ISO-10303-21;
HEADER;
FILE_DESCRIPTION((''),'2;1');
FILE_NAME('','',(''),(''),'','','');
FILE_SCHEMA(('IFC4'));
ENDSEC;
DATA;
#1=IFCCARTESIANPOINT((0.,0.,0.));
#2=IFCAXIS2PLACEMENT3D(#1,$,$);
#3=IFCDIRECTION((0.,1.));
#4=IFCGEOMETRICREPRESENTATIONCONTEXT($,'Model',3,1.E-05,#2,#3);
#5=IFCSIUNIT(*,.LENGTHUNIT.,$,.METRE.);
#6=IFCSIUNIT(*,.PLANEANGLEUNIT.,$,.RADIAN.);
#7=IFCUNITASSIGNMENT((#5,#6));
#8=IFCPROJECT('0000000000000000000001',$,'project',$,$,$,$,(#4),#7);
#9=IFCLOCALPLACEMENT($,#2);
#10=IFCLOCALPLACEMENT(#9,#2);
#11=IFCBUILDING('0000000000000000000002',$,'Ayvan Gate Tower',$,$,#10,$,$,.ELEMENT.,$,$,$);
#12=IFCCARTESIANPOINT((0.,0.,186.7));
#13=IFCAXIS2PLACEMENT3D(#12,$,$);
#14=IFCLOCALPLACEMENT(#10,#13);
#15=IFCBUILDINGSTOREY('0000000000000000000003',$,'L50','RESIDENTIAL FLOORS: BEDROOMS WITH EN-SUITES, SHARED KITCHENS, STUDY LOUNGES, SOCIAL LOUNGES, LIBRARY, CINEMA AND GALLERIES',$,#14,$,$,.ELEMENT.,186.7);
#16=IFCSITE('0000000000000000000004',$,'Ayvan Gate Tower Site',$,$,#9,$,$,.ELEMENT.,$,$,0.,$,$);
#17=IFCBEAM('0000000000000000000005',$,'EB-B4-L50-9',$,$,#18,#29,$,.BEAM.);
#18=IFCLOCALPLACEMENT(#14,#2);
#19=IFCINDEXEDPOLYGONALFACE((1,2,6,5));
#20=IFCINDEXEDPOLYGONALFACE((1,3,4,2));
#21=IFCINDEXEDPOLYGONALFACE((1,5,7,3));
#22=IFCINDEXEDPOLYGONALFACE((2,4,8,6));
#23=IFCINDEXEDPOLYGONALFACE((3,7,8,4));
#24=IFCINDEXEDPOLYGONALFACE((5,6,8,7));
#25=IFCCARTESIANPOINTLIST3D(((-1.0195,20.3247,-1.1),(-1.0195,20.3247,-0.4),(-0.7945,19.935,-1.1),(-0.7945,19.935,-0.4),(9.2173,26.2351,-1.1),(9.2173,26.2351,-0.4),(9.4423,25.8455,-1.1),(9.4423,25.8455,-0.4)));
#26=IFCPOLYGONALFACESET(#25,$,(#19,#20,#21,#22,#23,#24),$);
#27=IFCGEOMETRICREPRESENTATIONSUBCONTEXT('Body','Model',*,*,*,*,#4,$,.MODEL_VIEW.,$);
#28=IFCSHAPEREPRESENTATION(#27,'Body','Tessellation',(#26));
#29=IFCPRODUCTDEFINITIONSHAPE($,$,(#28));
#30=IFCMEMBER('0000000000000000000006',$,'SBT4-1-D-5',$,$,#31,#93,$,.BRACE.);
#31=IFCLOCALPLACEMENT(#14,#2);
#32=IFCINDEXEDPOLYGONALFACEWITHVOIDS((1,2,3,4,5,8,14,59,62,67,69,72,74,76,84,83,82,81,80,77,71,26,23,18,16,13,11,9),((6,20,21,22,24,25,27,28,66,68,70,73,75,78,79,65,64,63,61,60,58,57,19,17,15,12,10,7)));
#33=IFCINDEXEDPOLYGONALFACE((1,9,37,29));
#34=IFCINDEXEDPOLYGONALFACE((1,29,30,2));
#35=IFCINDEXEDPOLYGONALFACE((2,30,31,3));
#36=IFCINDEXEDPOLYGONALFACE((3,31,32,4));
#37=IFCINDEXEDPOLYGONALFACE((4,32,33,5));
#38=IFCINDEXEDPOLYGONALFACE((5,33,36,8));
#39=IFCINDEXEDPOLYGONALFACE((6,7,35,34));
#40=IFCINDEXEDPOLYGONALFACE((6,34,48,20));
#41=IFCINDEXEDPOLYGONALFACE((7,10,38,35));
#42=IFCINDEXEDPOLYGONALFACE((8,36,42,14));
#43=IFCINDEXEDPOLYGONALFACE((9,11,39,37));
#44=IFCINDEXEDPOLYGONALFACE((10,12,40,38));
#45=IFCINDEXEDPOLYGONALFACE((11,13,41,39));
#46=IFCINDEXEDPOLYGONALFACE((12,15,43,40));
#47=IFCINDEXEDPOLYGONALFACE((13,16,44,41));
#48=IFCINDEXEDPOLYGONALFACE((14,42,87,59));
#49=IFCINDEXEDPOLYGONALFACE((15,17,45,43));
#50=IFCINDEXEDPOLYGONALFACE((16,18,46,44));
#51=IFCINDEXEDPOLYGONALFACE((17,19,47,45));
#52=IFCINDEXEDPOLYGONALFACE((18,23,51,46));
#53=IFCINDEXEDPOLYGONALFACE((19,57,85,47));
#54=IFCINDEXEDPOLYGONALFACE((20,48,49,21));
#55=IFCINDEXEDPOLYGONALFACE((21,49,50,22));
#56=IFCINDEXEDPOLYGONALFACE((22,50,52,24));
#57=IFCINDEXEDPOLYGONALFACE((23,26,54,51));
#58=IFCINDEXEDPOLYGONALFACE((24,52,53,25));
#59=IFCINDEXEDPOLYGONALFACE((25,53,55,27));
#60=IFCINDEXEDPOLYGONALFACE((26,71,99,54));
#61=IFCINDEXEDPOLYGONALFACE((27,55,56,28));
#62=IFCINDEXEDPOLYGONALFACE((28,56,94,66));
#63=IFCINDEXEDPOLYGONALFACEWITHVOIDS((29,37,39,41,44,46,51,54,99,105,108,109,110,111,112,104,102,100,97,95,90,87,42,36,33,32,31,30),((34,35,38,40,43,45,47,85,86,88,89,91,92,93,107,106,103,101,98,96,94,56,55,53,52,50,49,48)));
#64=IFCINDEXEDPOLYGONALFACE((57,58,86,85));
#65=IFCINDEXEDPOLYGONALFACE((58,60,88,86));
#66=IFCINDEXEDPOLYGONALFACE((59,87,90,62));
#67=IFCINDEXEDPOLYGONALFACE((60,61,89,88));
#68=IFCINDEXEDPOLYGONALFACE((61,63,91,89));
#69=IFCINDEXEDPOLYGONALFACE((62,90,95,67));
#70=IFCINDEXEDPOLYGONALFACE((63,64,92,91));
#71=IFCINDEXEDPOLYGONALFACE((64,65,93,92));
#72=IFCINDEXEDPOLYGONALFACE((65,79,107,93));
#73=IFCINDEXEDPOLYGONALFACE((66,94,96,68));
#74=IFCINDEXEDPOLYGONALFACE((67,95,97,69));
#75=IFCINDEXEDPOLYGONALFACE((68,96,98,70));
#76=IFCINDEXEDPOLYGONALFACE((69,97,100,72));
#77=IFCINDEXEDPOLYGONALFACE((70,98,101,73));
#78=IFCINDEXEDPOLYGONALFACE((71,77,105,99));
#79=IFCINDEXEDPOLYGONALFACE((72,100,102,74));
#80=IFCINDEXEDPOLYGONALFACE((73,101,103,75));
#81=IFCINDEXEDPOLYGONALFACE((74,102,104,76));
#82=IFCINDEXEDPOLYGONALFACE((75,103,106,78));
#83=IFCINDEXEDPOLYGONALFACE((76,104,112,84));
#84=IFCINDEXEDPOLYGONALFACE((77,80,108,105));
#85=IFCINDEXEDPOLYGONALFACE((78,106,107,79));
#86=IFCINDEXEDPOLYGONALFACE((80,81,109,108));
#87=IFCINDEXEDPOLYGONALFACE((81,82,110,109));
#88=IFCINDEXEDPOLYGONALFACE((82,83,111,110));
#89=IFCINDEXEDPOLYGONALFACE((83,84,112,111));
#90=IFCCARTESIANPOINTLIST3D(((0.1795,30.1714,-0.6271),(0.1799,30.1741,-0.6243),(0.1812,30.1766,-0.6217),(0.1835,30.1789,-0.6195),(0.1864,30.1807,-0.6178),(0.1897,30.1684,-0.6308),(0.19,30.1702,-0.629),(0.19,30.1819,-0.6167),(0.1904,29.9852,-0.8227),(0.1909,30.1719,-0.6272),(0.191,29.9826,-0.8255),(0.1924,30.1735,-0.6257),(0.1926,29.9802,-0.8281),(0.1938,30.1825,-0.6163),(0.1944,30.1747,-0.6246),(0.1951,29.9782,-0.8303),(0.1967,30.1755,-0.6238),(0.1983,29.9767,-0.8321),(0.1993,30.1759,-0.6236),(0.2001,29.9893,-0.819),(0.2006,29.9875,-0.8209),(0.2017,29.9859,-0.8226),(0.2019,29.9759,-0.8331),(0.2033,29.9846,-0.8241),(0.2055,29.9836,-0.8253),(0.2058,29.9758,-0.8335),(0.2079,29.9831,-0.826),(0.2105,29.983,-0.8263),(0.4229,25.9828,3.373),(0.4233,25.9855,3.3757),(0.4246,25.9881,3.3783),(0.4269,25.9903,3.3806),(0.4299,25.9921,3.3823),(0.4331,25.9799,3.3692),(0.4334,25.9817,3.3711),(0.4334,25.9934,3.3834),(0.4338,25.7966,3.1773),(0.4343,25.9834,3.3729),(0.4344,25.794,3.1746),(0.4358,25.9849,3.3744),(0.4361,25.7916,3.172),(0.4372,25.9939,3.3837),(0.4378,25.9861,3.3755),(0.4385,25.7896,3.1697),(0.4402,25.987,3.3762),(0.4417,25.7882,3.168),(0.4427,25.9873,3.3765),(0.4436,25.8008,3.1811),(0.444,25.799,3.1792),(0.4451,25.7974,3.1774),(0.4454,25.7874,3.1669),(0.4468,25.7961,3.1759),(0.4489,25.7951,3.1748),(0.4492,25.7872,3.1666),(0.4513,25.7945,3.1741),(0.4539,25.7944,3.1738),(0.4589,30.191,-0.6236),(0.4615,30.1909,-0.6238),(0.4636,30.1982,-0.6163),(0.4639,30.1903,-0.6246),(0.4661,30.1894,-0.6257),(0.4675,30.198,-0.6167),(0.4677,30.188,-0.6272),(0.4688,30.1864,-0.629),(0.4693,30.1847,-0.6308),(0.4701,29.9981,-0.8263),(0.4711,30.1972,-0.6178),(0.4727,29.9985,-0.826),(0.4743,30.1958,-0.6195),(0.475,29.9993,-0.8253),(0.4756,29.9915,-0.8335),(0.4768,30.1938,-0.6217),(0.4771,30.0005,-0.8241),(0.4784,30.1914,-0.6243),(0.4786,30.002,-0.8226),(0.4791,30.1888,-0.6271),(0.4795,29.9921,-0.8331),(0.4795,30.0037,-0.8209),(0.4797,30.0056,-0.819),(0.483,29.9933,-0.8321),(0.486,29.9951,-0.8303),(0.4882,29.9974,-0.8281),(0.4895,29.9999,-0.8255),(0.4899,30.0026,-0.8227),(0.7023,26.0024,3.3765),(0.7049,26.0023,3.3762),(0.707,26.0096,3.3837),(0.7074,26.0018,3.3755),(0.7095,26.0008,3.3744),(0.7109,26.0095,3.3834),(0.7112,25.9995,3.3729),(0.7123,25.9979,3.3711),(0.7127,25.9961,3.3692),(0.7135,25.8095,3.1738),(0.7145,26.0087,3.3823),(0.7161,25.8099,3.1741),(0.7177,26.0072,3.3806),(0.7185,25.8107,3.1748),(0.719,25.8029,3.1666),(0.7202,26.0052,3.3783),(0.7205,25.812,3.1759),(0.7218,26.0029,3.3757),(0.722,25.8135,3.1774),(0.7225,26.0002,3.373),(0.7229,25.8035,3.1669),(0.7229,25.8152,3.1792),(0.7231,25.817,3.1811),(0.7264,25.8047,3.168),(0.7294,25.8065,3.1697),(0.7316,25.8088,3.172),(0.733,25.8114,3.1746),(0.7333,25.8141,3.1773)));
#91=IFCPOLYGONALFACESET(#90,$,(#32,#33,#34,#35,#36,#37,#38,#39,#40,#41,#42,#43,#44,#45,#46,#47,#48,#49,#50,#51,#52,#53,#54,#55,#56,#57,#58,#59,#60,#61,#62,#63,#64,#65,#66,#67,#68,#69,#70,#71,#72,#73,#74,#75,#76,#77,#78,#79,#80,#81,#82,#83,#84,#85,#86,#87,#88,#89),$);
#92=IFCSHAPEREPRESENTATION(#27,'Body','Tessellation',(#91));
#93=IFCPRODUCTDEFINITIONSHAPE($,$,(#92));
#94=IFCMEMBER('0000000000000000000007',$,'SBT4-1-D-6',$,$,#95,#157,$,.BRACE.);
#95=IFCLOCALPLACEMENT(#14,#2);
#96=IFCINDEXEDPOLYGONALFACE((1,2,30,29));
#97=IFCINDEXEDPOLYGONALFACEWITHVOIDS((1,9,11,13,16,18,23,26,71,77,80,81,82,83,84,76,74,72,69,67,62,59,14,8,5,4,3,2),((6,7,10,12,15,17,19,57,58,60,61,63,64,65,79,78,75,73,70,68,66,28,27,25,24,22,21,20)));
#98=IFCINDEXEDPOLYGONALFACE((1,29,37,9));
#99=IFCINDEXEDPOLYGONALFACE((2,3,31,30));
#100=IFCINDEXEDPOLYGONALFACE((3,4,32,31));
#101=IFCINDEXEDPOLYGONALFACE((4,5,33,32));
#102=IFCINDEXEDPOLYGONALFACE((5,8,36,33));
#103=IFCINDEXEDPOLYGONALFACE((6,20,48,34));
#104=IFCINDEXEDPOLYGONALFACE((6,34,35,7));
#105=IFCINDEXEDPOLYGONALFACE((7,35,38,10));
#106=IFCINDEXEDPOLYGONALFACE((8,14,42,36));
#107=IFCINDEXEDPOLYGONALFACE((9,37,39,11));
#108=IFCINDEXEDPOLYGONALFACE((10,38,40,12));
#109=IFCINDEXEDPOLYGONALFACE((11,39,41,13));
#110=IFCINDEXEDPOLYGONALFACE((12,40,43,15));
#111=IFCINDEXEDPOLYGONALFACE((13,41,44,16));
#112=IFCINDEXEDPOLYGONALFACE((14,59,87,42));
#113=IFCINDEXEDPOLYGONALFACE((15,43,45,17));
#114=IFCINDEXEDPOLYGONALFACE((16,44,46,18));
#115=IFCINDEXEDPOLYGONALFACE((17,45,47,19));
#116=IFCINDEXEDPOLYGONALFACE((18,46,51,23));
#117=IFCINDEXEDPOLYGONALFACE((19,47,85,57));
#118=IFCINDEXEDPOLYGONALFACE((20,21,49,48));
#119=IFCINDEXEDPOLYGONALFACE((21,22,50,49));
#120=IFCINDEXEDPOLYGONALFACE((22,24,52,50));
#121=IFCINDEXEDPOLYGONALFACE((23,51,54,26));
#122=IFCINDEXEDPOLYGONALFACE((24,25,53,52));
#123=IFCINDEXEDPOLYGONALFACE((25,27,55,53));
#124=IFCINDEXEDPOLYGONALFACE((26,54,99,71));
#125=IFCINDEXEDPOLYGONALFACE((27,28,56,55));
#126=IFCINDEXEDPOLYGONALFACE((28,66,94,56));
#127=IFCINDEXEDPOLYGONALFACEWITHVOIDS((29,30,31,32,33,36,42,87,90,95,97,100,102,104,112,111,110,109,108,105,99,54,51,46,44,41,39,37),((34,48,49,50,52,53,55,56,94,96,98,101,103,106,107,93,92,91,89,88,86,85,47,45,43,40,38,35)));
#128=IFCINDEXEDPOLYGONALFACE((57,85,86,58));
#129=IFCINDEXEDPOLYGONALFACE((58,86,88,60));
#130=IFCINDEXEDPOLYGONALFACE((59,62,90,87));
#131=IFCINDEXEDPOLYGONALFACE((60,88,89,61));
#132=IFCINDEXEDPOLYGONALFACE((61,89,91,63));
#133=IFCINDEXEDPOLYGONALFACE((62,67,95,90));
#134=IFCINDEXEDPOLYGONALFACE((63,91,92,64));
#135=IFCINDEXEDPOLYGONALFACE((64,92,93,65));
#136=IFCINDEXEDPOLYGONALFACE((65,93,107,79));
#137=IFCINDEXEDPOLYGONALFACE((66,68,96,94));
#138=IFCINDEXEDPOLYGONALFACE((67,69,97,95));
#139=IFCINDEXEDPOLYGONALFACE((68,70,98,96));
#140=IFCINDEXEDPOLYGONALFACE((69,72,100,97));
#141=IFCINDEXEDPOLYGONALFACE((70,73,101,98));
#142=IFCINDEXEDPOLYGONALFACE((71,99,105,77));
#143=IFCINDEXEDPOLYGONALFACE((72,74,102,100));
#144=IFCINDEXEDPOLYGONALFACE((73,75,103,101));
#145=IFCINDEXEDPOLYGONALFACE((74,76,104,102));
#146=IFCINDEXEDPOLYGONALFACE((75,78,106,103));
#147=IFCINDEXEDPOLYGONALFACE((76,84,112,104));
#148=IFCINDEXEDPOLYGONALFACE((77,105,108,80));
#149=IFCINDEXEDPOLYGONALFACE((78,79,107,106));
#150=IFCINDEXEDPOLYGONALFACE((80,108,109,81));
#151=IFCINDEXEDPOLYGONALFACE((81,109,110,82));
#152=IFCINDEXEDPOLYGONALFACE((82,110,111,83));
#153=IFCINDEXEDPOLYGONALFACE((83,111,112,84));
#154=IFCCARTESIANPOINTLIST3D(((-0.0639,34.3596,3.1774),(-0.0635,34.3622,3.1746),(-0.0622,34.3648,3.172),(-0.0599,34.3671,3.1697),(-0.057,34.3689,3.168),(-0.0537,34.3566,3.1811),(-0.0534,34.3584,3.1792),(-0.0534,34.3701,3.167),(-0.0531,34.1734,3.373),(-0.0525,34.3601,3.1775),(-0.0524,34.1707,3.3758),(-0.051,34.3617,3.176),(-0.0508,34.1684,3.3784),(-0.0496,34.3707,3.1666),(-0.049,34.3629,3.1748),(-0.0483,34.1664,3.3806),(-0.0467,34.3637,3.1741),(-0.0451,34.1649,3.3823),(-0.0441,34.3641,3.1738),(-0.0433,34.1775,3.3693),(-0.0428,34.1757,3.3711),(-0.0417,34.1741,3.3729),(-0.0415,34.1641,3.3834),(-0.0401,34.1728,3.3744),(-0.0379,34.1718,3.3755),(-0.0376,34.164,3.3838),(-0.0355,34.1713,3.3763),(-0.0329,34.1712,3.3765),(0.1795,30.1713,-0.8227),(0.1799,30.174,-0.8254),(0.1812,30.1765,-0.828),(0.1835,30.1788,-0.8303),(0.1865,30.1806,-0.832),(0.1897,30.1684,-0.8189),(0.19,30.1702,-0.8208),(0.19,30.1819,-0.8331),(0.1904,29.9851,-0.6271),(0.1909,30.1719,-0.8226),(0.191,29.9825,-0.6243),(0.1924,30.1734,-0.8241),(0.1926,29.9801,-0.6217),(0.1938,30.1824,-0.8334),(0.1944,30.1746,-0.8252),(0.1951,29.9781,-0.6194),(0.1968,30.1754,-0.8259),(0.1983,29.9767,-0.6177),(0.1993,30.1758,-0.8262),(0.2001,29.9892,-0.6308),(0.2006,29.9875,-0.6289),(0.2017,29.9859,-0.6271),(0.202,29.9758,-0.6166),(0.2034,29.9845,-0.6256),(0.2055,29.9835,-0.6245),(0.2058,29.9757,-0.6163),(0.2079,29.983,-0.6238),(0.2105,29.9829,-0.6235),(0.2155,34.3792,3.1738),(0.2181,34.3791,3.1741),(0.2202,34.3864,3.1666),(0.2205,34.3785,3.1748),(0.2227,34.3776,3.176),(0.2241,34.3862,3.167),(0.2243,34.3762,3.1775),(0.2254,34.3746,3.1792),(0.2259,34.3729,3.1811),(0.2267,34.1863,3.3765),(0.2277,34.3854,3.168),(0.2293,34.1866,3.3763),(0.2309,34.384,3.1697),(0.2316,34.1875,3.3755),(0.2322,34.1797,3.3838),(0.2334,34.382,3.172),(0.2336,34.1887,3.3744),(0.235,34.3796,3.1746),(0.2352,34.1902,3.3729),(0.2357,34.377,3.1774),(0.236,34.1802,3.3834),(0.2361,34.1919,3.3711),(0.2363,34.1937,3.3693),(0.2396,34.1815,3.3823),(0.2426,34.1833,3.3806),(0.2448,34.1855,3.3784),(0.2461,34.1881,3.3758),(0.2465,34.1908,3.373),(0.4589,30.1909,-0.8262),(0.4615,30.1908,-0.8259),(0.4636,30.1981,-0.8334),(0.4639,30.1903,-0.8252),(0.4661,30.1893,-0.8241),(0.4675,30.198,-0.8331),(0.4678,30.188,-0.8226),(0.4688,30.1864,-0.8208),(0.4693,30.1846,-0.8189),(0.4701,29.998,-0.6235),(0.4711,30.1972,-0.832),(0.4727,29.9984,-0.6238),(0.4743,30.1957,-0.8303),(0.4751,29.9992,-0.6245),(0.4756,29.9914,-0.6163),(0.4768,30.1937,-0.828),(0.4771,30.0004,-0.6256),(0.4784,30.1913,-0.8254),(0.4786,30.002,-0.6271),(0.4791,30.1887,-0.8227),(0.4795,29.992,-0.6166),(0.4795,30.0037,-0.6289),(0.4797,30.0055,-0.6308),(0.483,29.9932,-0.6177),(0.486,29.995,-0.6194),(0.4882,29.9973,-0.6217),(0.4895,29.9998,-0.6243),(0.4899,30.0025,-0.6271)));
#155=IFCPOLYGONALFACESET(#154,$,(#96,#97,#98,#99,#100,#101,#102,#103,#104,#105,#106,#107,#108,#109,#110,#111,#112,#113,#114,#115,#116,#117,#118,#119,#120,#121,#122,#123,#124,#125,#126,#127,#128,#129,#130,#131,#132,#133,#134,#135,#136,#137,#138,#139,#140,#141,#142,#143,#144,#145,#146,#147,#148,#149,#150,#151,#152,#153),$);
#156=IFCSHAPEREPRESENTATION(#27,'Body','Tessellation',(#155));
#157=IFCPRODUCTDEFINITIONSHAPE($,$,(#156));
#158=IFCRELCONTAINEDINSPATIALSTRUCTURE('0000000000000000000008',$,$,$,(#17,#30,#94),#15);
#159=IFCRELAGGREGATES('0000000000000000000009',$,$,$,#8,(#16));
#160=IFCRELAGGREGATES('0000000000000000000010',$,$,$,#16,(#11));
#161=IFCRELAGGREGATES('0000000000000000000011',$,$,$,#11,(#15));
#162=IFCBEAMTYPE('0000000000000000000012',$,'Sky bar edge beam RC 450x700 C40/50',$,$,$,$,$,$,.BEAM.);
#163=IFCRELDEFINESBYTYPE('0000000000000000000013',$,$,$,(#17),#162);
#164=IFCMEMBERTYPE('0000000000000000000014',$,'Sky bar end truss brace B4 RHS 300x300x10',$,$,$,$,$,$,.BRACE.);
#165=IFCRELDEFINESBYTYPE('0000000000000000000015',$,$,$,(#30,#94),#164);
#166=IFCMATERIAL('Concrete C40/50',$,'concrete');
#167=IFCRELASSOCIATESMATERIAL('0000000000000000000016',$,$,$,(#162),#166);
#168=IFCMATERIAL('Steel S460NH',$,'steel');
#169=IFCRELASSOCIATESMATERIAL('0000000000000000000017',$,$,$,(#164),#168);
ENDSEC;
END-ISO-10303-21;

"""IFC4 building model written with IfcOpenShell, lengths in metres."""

from ifc_helpers import new_model, si_unit, direction, frame, origin, origin_2d, place, context, subcontext, project, spatial, rectangle, hollow_rectangle, extrude, material, material_profile, profile_set, type_object, element, save


model = new_model("IFC4")

# Units and contexts
model_context = context("Model", 3, precision=1e-05, world=origin(), true_north=direction((0.0, 1.0)))
body_context = subcontext(model_context, "Body", "Model", "MODEL_VIEW")
ifc_project = project(units=[si_unit("LENGTHUNIT", "METRE"), si_unit("PLANEANGLEUNIT", "RADIAN")], contexts=[model_context])

# Site, building, storey
site_placement = place(None, origin())
site = spatial("IfcSite", under=ifc_project, at=site_placement, Name="Ayvan Gate Tower Site", CompositionType="ELEMENT", RefElevation=0.0)
building_placement = place(site_placement, origin())
building = spatial("IfcBuilding", under=site, at=building_placement, Name="Ayvan Gate Tower", CompositionType="ELEMENT")
storey_placement = place(building_placement, frame((0.0, 0.0, 186.7)))
storey = spatial("IfcBuildingStorey", under=building, at=storey_placement, Name="L50", Description="RESIDENTIAL FLOORS: BEDROOMS WITH EN-SUITES, SHARED KITCHENS, STUDY LOUNGES, SOCIAL LOUNGES, LIBRARY, CINEMA AND GALLERIES", CompositionType="ELEMENT", Elevation=186.7)

# Beam
ifc_material_1 = material(Name="Concrete C40/50", Category="concrete")
ifc_material_profile_1 = material_profile(ifc_material_1, rectangle(XDim=0.45, YDim=0.7, at=origin_2d()), Name="RC 450x700")
ifc_profile_set_1 = profile_set([ifc_material_profile_1], Name="Concrete C40/50")
beam_type = type_object("IfcBeamType", Name="Sky bar edge beam RC 450x700 C40/50", PredefinedType="BEAM", material=ifc_profile_set_1)
beam_placement = place(storey_placement, frame((9.3298, 26.0403, -0.75), z_axis=(-0.866019, -0.500011, 0.0), x_axis=(0.500011, -0.866019, 0.0)))
element("IfcBeam", 1, at=beam_placement, inside=storey, type_object=beam_type, Name="EB-B4-L50-9", PredefinedType="BEAM", context=body_context, shape_type="SweptSolid", body=[
    extrude(rectangle(XDim=0.45, YDim=0.7, at=origin_2d()), origin(), (0.0, 0.0, 1.0), 11.8206),
])

# Members
ifc_material_2 = material(Name="Steel S460NH", Category="steel")
ifc_material_profile_2 = material_profile(ifc_material_2, hollow_rectangle(XDim=0.3, YDim=0.3, WallThickness=0.01, InnerFilletRadius=0.01, OuterFilletRadius=0.0149, at=origin_2d()), Name="RHS 300x300x10")
ifc_profile_set_2 = profile_set([ifc_material_profile_2], Name="Steel S460NH")
member_type_1 = type_object("IfcMemberType", Name="Sky bar end truss brace B4 RHS 300x300x10", PredefinedType="BRACE", material=ifc_profile_set_2)
member_1_placement = place(storey_placement, frame((0.5781, 25.8984, 3.2751), z_axis=(-0.04199, 0.722553, -0.690039), x_axis=(-0.998316, -0.058016, 0.0)))
element("IfcMember", 2, at=member_1_placement, inside=storey, type_object=member_type_1, Name="SBT4-1-D-5", PredefinedType="BRACE", context=body_context, shape_type="SweptSolid", body=[
    extrude(hollow_rectangle(XDim=0.3, YDim=0.3, WallThickness=0.01, InnerFilletRadius=0.01, OuterFilletRadius=0.0149, at=origin_2d()), origin(), (0.0, 0.0, 1.0), 5.7969),
])
member_2_placement = place(storey_placement, frame((0.3347, 30.0869, -0.7249), z_axis=(-0.041992, 0.722533, 0.69006), x_axis=(-0.998315, -0.058019, 0.0)))
element("IfcMember", 3, at=member_2_placement, inside=storey, type_object=member_type_1, Name="SBT4-1-D-6", PredefinedType="BRACE", context=body_context, shape_type="SweptSolid", body=[
    extrude(hollow_rectangle(XDim=0.3, YDim=0.3, WallThickness=0.01, InnerFilletRadius=0.01, OuterFilletRadius=0.0149, at=origin_2d()), origin(), (0.0, 0.0, 1.0), 5.7966),
])

save(model, "model.ifc")
